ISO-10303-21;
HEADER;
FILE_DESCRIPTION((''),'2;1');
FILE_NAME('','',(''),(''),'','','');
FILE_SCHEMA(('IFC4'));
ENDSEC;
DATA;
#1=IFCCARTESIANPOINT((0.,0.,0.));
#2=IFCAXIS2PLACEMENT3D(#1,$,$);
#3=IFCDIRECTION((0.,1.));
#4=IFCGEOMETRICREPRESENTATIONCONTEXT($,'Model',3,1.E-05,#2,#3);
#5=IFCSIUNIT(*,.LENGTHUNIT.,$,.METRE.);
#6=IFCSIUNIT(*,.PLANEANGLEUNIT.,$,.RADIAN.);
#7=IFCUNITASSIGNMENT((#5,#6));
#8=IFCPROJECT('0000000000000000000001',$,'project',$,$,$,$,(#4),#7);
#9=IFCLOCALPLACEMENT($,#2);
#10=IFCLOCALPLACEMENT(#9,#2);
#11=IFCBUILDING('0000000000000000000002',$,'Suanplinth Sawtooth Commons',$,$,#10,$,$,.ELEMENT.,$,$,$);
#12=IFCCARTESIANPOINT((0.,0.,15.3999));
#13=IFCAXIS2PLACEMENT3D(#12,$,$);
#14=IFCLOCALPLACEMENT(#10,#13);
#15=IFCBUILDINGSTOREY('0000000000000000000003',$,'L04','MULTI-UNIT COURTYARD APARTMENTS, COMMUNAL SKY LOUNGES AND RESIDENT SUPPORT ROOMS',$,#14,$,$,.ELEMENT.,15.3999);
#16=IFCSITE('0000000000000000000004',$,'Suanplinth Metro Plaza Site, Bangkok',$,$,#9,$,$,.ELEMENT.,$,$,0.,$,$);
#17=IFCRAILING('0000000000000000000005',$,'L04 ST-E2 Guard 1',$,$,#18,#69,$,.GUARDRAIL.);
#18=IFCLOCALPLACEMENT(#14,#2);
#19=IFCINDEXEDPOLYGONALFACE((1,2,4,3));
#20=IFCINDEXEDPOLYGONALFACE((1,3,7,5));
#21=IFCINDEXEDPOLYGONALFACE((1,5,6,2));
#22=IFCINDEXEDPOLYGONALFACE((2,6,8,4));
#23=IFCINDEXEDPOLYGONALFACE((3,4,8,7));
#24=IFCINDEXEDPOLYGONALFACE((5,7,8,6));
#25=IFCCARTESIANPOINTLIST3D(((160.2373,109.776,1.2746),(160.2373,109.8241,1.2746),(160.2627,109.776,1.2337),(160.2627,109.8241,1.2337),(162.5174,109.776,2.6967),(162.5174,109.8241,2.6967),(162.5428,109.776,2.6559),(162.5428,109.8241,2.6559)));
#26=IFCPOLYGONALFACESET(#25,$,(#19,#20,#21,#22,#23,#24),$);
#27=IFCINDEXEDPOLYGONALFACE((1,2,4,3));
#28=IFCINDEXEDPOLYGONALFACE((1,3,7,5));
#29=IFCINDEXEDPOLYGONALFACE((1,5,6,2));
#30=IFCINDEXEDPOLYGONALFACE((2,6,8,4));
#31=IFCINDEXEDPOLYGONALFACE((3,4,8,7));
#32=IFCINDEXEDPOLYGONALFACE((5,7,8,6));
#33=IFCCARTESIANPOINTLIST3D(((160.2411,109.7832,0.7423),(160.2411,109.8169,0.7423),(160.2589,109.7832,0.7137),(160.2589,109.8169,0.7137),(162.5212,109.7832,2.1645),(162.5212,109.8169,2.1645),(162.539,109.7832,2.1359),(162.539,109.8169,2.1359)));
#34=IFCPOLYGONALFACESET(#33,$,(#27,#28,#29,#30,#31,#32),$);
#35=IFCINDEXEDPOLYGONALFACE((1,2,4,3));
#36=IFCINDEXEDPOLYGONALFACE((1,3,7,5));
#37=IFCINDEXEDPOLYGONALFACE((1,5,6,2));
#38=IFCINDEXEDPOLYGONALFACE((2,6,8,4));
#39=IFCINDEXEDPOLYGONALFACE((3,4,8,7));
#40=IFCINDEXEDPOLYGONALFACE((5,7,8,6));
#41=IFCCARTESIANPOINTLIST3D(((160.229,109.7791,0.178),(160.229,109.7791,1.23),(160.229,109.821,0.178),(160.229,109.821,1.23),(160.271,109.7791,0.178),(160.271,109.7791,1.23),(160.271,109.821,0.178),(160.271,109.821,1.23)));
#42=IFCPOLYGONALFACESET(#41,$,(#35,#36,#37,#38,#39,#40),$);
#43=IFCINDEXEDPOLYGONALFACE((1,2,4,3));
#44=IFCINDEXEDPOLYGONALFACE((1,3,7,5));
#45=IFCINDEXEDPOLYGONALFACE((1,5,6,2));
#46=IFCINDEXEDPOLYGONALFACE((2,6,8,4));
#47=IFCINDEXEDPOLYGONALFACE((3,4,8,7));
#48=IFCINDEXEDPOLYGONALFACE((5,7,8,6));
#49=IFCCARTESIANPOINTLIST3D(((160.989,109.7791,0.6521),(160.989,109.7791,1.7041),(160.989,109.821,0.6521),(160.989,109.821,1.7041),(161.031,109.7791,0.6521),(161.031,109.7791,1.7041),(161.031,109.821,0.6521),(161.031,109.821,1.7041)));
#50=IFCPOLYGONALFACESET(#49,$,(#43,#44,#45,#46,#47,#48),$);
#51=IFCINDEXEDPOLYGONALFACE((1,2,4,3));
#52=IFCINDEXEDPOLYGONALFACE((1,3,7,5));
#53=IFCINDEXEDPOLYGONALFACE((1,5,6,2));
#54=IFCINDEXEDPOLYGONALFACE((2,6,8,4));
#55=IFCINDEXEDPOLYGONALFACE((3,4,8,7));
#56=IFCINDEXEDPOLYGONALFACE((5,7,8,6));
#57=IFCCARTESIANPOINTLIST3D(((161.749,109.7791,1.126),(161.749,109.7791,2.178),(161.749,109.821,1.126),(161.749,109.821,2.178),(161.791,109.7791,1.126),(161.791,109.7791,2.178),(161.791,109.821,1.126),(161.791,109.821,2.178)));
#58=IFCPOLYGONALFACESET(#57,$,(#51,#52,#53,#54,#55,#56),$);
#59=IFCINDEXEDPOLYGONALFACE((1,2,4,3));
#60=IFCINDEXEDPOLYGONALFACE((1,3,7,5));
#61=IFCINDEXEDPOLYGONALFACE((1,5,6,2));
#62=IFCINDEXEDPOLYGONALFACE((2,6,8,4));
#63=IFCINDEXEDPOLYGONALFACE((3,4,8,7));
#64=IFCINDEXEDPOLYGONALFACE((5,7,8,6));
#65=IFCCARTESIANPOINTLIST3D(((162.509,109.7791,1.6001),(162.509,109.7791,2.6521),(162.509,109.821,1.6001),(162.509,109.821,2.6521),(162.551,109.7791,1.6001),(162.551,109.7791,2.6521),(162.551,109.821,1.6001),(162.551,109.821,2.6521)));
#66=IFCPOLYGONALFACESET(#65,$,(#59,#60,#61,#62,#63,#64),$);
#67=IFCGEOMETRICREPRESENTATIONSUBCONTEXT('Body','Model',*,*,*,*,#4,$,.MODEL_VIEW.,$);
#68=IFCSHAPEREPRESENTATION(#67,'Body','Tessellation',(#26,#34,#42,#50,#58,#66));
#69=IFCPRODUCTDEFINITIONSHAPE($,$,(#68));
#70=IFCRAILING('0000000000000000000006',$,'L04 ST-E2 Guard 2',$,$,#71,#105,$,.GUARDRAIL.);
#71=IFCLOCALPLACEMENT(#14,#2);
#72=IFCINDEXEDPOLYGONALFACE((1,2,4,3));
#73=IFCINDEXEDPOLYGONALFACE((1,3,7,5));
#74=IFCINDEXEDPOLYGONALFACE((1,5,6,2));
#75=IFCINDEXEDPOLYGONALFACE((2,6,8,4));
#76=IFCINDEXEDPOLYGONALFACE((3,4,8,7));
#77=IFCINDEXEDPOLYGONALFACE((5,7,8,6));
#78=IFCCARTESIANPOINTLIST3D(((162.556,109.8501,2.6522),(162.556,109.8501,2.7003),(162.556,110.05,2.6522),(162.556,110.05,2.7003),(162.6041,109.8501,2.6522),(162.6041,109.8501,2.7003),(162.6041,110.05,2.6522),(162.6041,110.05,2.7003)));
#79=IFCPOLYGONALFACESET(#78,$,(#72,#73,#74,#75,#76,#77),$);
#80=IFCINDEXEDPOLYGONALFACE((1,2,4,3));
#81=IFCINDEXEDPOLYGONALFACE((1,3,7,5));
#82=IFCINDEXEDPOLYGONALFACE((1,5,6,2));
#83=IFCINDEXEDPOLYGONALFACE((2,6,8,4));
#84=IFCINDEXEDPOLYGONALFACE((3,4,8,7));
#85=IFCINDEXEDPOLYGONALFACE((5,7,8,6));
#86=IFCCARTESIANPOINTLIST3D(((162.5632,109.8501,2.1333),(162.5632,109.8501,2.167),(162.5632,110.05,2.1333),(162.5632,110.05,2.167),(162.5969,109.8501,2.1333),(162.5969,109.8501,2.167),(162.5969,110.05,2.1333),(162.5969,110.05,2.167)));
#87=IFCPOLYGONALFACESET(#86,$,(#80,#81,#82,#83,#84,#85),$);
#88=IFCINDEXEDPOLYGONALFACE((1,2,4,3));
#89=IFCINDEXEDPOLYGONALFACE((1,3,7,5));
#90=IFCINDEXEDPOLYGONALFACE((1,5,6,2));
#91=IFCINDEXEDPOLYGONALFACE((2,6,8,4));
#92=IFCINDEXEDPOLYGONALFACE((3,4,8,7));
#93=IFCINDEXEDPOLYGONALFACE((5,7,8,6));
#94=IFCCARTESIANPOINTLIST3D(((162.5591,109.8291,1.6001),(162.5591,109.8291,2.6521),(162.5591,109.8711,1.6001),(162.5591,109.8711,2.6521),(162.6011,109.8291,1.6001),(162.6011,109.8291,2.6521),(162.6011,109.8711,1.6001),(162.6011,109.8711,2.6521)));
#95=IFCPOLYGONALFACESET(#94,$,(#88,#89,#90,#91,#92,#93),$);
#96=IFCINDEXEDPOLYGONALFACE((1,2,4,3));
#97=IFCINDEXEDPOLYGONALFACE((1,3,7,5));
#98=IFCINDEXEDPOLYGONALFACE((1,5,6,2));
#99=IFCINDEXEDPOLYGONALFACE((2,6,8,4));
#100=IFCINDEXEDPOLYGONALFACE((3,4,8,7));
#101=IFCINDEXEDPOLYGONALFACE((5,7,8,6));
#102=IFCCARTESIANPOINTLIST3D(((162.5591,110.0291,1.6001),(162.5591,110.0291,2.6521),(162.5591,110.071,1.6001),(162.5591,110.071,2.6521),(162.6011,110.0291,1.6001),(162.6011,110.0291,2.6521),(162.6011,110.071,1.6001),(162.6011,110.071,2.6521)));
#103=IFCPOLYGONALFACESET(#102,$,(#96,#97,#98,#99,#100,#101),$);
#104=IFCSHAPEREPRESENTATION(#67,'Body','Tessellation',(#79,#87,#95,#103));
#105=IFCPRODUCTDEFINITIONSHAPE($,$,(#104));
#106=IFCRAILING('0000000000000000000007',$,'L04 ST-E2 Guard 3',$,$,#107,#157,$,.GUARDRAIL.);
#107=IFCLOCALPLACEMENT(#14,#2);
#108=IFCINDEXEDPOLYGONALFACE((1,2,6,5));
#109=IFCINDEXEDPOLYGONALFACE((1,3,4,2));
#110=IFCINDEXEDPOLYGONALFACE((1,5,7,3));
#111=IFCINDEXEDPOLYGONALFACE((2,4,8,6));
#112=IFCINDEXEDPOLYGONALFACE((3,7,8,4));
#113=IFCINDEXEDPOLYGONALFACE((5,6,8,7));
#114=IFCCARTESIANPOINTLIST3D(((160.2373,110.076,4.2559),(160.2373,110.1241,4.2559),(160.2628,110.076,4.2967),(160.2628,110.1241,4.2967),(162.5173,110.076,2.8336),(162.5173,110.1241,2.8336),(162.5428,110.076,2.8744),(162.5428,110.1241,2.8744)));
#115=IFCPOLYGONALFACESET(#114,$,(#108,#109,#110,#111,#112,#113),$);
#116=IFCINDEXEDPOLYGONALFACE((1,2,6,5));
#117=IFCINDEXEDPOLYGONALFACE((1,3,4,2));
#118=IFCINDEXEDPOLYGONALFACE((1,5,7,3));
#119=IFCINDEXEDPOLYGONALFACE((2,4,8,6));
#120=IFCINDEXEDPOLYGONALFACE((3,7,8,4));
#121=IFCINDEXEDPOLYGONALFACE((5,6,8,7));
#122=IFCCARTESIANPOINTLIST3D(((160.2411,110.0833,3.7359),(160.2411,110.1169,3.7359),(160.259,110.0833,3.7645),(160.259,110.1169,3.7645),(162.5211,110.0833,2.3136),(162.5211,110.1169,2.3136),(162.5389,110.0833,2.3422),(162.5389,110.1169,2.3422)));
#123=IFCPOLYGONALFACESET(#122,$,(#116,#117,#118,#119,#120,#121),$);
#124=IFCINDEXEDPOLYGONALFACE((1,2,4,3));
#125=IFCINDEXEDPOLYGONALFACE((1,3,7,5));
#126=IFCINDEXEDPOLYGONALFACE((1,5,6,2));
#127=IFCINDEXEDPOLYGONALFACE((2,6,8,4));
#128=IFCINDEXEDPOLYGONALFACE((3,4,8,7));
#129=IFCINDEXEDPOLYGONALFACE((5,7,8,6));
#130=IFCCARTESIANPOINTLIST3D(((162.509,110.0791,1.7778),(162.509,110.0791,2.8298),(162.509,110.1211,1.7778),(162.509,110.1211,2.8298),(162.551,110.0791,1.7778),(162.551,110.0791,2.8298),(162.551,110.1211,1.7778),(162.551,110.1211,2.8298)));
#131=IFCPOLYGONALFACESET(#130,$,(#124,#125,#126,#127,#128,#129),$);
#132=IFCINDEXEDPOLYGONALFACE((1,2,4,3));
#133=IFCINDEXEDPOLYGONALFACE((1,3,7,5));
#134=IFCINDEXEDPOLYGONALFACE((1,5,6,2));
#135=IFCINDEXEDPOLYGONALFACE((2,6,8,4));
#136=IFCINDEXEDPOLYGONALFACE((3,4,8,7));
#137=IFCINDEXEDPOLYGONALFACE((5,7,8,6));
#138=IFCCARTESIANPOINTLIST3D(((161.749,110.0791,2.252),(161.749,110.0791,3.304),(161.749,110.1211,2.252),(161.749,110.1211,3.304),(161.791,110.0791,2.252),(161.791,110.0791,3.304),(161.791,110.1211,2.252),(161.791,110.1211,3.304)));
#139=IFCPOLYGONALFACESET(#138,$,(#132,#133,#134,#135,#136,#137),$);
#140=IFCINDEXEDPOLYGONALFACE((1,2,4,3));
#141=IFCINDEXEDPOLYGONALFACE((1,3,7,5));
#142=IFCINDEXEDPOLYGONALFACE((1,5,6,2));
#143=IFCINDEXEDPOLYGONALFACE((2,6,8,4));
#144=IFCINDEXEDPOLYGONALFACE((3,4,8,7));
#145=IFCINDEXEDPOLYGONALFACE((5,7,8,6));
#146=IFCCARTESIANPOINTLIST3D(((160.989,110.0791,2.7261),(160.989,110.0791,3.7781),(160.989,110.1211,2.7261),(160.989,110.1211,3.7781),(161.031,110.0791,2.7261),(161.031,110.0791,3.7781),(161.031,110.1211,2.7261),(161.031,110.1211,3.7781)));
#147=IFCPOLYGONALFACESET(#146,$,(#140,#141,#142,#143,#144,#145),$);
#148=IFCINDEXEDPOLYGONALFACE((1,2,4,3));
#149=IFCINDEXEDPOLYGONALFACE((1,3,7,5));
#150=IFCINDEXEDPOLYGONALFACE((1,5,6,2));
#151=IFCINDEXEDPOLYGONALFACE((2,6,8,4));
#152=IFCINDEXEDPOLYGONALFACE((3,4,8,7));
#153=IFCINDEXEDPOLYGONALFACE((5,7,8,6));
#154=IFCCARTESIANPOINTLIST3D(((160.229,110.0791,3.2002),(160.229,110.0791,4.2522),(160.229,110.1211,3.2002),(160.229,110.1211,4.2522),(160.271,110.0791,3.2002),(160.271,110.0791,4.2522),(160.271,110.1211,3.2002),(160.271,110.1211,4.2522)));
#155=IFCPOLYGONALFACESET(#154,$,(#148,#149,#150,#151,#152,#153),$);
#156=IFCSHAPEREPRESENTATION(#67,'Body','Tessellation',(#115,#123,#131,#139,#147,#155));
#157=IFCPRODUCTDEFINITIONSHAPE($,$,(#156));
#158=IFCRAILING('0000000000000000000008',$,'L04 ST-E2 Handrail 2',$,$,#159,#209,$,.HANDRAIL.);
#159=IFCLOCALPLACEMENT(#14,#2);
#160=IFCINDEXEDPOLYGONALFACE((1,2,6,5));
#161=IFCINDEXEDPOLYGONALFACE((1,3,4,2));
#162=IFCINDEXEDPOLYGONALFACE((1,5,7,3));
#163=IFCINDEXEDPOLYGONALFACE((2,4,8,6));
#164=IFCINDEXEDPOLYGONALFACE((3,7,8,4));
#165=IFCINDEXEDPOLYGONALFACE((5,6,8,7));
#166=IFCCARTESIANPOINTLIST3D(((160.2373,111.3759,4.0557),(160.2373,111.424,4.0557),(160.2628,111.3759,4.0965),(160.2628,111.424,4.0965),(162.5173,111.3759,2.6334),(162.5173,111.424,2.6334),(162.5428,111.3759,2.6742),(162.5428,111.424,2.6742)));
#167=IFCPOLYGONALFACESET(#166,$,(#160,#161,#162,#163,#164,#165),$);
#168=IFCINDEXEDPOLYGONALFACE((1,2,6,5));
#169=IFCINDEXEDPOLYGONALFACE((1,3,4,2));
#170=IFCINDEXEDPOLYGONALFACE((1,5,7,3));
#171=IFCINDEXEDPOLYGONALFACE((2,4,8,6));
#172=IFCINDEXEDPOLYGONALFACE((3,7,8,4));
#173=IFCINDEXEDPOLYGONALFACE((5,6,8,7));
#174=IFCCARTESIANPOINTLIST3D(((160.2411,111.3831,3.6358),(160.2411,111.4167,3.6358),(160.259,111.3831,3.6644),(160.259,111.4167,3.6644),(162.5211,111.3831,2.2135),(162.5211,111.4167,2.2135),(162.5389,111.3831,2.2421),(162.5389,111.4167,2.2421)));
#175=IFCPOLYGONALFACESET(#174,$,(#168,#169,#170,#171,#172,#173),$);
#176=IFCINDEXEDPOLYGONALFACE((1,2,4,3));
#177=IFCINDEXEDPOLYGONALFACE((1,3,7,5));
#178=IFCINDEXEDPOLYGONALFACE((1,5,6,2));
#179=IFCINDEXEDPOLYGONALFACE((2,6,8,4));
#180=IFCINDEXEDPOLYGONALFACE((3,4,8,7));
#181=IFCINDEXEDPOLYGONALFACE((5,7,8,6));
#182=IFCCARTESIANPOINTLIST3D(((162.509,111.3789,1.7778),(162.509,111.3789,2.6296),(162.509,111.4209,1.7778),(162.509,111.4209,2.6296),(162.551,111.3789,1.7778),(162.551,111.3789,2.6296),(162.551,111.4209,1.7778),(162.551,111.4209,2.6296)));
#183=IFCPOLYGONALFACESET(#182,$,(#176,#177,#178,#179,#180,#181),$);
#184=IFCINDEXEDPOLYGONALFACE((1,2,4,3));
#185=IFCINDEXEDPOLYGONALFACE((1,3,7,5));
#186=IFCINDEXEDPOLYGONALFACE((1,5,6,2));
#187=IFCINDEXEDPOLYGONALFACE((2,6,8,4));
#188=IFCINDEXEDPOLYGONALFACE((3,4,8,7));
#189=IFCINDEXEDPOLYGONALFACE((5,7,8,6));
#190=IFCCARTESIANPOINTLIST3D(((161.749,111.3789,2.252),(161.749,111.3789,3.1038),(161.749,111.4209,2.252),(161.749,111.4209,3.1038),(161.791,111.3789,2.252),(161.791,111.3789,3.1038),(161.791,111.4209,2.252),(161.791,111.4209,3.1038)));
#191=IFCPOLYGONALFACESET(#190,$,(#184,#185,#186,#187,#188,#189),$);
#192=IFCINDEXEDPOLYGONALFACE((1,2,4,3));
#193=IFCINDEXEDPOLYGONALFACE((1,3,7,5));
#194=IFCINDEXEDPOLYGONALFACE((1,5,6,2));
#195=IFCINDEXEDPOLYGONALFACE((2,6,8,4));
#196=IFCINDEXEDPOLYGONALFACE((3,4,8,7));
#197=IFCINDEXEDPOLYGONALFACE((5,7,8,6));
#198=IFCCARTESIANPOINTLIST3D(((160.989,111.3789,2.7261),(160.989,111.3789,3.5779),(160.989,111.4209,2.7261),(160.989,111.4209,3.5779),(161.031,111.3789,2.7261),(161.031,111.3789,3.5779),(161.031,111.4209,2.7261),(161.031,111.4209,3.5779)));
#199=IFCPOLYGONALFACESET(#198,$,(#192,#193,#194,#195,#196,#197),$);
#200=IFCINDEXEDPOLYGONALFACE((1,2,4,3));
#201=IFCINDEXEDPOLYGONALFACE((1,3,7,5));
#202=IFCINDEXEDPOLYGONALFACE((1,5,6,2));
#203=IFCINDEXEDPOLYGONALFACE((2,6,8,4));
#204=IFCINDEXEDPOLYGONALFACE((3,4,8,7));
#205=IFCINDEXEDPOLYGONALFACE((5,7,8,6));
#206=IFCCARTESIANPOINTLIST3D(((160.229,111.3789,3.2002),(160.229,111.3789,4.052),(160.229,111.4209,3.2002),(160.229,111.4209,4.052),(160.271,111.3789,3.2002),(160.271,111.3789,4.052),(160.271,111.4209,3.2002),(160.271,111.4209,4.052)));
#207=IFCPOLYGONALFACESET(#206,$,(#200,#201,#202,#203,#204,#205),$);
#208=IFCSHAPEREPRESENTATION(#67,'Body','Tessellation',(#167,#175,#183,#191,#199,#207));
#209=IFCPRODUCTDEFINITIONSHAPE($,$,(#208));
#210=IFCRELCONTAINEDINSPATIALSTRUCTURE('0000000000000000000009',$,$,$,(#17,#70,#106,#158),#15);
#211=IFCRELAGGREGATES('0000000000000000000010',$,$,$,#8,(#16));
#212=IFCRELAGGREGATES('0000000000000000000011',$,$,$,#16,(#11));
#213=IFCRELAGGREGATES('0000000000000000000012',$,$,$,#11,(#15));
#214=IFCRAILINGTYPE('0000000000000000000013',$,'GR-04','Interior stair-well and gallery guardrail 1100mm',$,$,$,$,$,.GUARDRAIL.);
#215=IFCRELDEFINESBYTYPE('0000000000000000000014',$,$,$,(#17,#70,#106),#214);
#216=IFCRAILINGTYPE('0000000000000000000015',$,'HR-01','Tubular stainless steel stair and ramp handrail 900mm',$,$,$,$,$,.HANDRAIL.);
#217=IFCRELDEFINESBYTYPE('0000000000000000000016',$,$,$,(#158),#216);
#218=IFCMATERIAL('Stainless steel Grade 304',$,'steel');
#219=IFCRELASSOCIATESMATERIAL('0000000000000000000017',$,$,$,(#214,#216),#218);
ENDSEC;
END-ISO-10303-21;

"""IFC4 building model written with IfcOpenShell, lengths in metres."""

from ifc_helpers import new_model, si_unit, direction, frame, origin, origin_2d, place, context, subcontext, project, spatial, rectangle, extrude, material, type_object, element, save


model = new_model("IFC4")

# Units and contexts
model_context = context("Model", 3, precision=1e-05, world=origin(), true_north=direction((0.0, 1.0)))
body_context = subcontext(model_context, "Body", "Model", "MODEL_VIEW")
ifc_project = project(units=[si_unit("LENGTHUNIT", "METRE"), si_unit("PLANEANGLEUNIT", "RADIAN")], contexts=[model_context])

# Site, building, storey
site_placement = place(None, origin())
site = spatial("IfcSite", under=ifc_project, at=site_placement, Name="Suanplinth Metro Plaza Site, Bangkok", CompositionType="ELEMENT", RefElevation=0.0)
building_placement = place(site_placement, origin())
building = spatial("IfcBuilding", under=site, at=building_placement, Name="Suanplinth Sawtooth Commons", CompositionType="ELEMENT")
storey_placement = place(building_placement, frame((0.0, 0.0, 15.3999)))
storey = spatial("IfcBuildingStorey", under=building, at=storey_placement, Name="L04", Description="MULTI-UNIT COURTYARD APARTMENTS, COMMUNAL SKY LOUNGES AND RESIDENT SUPPORT ROOMS", CompositionType="ELEMENT", Elevation=15.3999)

# Shared definitions
ifc_material_1 = material(Name="Stainless steel Grade 304", Category="steel")

# Railings
railing_type_1 = type_object("IfcRailingType", Name="GR-04", Description="Interior stair-well and gallery guardrail 1100mm", PredefinedType="GUARDRAIL", material=ifc_material_1)
railing_1_placement = place(storey_placement, frame((160.25, 109.8, 0.178)))
element("IfcRailing", 1, at=railing_1_placement, inside=storey, type_object=railing_type_1, Name="L04 ST-E2 Guard 1", PredefinedType="GUARDRAIL", context=body_context, shape_type="SweptSolid", body=[
    extrude(rectangle(XDim=0.0481, YDim=0.0481, at=origin_2d()), frame((0.0, 0.0, 1.0762), z_axis=(0.848483, 0.0, 0.529223), x_axis=(0.0, 1.0, 0.0)), (0.0, 0.0, 1.0), 2.6873),
    extrude(rectangle(XDim=0.0337, YDim=0.0337, at=origin_2d()), frame((0.0, 0.0, 0.55), z_axis=(0.848483, 0.0, 0.529223), x_axis=(0.0, 1.0, 0.0)), (0.0, 0.0, 1.0), 2.6873),
    extrude(rectangle(XDim=0.042, YDim=0.042, at=origin_2d()), origin(), (0.0, 0.0, 1.0), 1.052),
    extrude(rectangle(XDim=0.042, YDim=0.042, at=origin_2d()), frame((0.76, 0.0, 0.4741)), (0.0, 0.0, 1.0), 1.052),
    extrude(rectangle(XDim=0.042, YDim=0.042, at=origin_2d()), frame((1.52, 0.0, 0.948)), (0.0, 0.0, 1.0), 1.052),
    extrude(rectangle(XDim=0.042, YDim=0.042, at=origin_2d()), frame((2.28, 0.0, 1.4221)), (0.0, 0.0, 1.0), 1.052),
])
railing_2_placement = place(storey_placement, frame((162.5801, 109.8501, 1.6001)))
element("IfcRailing", 2, at=railing_2_placement, inside=storey, type_object=railing_type_1, Name="L04 ST-E2 Guard 2", PredefinedType="GUARDRAIL", context=body_context, shape_type="SweptSolid", body=[
    extrude(rectangle(XDim=0.0481, YDim=0.0481, at=origin_2d()), frame((0.0, 0.0, 1.0762), z_axis=(0.0, 1.0, 0.0), x_axis=(-1.0, 0.0, 0.0)), (0.0, 0.0, 1.0), 0.2),
    extrude(rectangle(XDim=0.0337, YDim=0.0337, at=origin_2d()), frame((0.0, 0.0, 0.55), z_axis=(0.0, 1.0, 0.0), x_axis=(-1.0, 0.0, 0.0)), (0.0, 0.0, 1.0), 0.2),
    extrude(rectangle(XDim=0.042, YDim=0.042, at=origin_2d()), origin(), (0.0, 0.0, 1.0), 1.052),
    extrude(rectangle(XDim=0.042, YDim=0.042, at=origin_2d()), frame((0.0, 0.2, 0.0)), (0.0, 0.0, 1.0), 1.052),
])
railing_3_placement = place(storey_placement, frame((162.53, 110.1001, 1.7778)))
element("IfcRailing", 3, at=railing_3_placement, inside=storey, type_object=railing_type_1, Name="L04 ST-E2 Guard 3", PredefinedType="GUARDRAIL", context=body_context, shape_type="SweptSolid", body=[
    extrude(rectangle(XDim=0.0481, YDim=0.0481, at=origin_2d()), frame((0.0, 0.0, 1.0762), z_axis=(-0.848442, 0.0, 0.529288), x_axis=(0.0, -1.0, 0.0)), (0.0, 0.0, 1.0), 2.6873),
    extrude(rectangle(XDim=0.0337, YDim=0.0337, at=origin_2d()), frame((0.0, 0.0, 0.55), z_axis=(-0.848442, 0.0, 0.529288), x_axis=(0.0, -1.0, 0.0)), (0.0, 0.0, 1.0), 2.6873),
    extrude(rectangle(XDim=0.042, YDim=0.042, at=origin_2d()), origin(), (0.0, 0.0, 1.0), 1.052),
    extrude(rectangle(XDim=0.042, YDim=0.042, at=origin_2d()), frame((-0.76, 0.0, 0.4741)), (0.0, 0.0, 1.0), 1.052),
    extrude(rectangle(XDim=0.042, YDim=0.042, at=origin_2d()), frame((-1.52, 0.0, 0.9482)), (0.0, 0.0, 1.0), 1.052),
    extrude(rectangle(XDim=0.042, YDim=0.042, at=origin_2d()), frame((-2.28, 0.0, 1.4224)), (0.0, 0.0, 1.0), 1.052),
])
railing_type_2 = type_object("IfcRailingType", Name="HR-01", Description="Tubular stainless steel stair and ramp handrail 900mm", PredefinedType="HANDRAIL", material=ifc_material_1)
railing_4_placement = place(storey_placement, frame((162.53, 111.3999, 1.7778)))
element("IfcRailing", 4, at=railing_4_placement, inside=storey, type_object=railing_type_2, Name="L04 ST-E2 Handrail 2", PredefinedType="HANDRAIL", context=body_context, shape_type="SweptSolid", body=[
    extrude(rectangle(XDim=0.0481, YDim=0.0481, at=origin_2d()), frame((0.0, 0.0, 0.876), z_axis=(-0.848442, 0.0, 0.529288), x_axis=(0.0, -1.0, 0.0)), (0.0, 0.0, 1.0), 2.6873),
    extrude(rectangle(XDim=0.0337, YDim=0.0337, at=origin_2d()), frame((0.0, 0.0, 0.45), z_axis=(-0.848442, 0.0, 0.529288), x_axis=(0.0, -1.0, 0.0)), (0.0, 0.0, 1.0), 2.6873),
    extrude(rectangle(XDim=0.042, YDim=0.042, at=origin_2d()), origin(), (0.0, 0.0, 1.0), 0.8518),
    extrude(rectangle(XDim=0.042, YDim=0.042, at=origin_2d()), frame((-0.76, 0.0, 0.4741)), (0.0, 0.0, 1.0), 0.8518),
    extrude(rectangle(XDim=0.042, YDim=0.042, at=origin_2d()), frame((-1.52, 0.0, 0.9482)), (0.0, 0.0, 1.0), 0.8518),
    extrude(rectangle(XDim=0.042, YDim=0.042, at=origin_2d()), frame((-2.28, 0.0, 1.4224)), (0.0, 0.0, 1.0), 0.8518),
])

save(model, "model.ifc")
